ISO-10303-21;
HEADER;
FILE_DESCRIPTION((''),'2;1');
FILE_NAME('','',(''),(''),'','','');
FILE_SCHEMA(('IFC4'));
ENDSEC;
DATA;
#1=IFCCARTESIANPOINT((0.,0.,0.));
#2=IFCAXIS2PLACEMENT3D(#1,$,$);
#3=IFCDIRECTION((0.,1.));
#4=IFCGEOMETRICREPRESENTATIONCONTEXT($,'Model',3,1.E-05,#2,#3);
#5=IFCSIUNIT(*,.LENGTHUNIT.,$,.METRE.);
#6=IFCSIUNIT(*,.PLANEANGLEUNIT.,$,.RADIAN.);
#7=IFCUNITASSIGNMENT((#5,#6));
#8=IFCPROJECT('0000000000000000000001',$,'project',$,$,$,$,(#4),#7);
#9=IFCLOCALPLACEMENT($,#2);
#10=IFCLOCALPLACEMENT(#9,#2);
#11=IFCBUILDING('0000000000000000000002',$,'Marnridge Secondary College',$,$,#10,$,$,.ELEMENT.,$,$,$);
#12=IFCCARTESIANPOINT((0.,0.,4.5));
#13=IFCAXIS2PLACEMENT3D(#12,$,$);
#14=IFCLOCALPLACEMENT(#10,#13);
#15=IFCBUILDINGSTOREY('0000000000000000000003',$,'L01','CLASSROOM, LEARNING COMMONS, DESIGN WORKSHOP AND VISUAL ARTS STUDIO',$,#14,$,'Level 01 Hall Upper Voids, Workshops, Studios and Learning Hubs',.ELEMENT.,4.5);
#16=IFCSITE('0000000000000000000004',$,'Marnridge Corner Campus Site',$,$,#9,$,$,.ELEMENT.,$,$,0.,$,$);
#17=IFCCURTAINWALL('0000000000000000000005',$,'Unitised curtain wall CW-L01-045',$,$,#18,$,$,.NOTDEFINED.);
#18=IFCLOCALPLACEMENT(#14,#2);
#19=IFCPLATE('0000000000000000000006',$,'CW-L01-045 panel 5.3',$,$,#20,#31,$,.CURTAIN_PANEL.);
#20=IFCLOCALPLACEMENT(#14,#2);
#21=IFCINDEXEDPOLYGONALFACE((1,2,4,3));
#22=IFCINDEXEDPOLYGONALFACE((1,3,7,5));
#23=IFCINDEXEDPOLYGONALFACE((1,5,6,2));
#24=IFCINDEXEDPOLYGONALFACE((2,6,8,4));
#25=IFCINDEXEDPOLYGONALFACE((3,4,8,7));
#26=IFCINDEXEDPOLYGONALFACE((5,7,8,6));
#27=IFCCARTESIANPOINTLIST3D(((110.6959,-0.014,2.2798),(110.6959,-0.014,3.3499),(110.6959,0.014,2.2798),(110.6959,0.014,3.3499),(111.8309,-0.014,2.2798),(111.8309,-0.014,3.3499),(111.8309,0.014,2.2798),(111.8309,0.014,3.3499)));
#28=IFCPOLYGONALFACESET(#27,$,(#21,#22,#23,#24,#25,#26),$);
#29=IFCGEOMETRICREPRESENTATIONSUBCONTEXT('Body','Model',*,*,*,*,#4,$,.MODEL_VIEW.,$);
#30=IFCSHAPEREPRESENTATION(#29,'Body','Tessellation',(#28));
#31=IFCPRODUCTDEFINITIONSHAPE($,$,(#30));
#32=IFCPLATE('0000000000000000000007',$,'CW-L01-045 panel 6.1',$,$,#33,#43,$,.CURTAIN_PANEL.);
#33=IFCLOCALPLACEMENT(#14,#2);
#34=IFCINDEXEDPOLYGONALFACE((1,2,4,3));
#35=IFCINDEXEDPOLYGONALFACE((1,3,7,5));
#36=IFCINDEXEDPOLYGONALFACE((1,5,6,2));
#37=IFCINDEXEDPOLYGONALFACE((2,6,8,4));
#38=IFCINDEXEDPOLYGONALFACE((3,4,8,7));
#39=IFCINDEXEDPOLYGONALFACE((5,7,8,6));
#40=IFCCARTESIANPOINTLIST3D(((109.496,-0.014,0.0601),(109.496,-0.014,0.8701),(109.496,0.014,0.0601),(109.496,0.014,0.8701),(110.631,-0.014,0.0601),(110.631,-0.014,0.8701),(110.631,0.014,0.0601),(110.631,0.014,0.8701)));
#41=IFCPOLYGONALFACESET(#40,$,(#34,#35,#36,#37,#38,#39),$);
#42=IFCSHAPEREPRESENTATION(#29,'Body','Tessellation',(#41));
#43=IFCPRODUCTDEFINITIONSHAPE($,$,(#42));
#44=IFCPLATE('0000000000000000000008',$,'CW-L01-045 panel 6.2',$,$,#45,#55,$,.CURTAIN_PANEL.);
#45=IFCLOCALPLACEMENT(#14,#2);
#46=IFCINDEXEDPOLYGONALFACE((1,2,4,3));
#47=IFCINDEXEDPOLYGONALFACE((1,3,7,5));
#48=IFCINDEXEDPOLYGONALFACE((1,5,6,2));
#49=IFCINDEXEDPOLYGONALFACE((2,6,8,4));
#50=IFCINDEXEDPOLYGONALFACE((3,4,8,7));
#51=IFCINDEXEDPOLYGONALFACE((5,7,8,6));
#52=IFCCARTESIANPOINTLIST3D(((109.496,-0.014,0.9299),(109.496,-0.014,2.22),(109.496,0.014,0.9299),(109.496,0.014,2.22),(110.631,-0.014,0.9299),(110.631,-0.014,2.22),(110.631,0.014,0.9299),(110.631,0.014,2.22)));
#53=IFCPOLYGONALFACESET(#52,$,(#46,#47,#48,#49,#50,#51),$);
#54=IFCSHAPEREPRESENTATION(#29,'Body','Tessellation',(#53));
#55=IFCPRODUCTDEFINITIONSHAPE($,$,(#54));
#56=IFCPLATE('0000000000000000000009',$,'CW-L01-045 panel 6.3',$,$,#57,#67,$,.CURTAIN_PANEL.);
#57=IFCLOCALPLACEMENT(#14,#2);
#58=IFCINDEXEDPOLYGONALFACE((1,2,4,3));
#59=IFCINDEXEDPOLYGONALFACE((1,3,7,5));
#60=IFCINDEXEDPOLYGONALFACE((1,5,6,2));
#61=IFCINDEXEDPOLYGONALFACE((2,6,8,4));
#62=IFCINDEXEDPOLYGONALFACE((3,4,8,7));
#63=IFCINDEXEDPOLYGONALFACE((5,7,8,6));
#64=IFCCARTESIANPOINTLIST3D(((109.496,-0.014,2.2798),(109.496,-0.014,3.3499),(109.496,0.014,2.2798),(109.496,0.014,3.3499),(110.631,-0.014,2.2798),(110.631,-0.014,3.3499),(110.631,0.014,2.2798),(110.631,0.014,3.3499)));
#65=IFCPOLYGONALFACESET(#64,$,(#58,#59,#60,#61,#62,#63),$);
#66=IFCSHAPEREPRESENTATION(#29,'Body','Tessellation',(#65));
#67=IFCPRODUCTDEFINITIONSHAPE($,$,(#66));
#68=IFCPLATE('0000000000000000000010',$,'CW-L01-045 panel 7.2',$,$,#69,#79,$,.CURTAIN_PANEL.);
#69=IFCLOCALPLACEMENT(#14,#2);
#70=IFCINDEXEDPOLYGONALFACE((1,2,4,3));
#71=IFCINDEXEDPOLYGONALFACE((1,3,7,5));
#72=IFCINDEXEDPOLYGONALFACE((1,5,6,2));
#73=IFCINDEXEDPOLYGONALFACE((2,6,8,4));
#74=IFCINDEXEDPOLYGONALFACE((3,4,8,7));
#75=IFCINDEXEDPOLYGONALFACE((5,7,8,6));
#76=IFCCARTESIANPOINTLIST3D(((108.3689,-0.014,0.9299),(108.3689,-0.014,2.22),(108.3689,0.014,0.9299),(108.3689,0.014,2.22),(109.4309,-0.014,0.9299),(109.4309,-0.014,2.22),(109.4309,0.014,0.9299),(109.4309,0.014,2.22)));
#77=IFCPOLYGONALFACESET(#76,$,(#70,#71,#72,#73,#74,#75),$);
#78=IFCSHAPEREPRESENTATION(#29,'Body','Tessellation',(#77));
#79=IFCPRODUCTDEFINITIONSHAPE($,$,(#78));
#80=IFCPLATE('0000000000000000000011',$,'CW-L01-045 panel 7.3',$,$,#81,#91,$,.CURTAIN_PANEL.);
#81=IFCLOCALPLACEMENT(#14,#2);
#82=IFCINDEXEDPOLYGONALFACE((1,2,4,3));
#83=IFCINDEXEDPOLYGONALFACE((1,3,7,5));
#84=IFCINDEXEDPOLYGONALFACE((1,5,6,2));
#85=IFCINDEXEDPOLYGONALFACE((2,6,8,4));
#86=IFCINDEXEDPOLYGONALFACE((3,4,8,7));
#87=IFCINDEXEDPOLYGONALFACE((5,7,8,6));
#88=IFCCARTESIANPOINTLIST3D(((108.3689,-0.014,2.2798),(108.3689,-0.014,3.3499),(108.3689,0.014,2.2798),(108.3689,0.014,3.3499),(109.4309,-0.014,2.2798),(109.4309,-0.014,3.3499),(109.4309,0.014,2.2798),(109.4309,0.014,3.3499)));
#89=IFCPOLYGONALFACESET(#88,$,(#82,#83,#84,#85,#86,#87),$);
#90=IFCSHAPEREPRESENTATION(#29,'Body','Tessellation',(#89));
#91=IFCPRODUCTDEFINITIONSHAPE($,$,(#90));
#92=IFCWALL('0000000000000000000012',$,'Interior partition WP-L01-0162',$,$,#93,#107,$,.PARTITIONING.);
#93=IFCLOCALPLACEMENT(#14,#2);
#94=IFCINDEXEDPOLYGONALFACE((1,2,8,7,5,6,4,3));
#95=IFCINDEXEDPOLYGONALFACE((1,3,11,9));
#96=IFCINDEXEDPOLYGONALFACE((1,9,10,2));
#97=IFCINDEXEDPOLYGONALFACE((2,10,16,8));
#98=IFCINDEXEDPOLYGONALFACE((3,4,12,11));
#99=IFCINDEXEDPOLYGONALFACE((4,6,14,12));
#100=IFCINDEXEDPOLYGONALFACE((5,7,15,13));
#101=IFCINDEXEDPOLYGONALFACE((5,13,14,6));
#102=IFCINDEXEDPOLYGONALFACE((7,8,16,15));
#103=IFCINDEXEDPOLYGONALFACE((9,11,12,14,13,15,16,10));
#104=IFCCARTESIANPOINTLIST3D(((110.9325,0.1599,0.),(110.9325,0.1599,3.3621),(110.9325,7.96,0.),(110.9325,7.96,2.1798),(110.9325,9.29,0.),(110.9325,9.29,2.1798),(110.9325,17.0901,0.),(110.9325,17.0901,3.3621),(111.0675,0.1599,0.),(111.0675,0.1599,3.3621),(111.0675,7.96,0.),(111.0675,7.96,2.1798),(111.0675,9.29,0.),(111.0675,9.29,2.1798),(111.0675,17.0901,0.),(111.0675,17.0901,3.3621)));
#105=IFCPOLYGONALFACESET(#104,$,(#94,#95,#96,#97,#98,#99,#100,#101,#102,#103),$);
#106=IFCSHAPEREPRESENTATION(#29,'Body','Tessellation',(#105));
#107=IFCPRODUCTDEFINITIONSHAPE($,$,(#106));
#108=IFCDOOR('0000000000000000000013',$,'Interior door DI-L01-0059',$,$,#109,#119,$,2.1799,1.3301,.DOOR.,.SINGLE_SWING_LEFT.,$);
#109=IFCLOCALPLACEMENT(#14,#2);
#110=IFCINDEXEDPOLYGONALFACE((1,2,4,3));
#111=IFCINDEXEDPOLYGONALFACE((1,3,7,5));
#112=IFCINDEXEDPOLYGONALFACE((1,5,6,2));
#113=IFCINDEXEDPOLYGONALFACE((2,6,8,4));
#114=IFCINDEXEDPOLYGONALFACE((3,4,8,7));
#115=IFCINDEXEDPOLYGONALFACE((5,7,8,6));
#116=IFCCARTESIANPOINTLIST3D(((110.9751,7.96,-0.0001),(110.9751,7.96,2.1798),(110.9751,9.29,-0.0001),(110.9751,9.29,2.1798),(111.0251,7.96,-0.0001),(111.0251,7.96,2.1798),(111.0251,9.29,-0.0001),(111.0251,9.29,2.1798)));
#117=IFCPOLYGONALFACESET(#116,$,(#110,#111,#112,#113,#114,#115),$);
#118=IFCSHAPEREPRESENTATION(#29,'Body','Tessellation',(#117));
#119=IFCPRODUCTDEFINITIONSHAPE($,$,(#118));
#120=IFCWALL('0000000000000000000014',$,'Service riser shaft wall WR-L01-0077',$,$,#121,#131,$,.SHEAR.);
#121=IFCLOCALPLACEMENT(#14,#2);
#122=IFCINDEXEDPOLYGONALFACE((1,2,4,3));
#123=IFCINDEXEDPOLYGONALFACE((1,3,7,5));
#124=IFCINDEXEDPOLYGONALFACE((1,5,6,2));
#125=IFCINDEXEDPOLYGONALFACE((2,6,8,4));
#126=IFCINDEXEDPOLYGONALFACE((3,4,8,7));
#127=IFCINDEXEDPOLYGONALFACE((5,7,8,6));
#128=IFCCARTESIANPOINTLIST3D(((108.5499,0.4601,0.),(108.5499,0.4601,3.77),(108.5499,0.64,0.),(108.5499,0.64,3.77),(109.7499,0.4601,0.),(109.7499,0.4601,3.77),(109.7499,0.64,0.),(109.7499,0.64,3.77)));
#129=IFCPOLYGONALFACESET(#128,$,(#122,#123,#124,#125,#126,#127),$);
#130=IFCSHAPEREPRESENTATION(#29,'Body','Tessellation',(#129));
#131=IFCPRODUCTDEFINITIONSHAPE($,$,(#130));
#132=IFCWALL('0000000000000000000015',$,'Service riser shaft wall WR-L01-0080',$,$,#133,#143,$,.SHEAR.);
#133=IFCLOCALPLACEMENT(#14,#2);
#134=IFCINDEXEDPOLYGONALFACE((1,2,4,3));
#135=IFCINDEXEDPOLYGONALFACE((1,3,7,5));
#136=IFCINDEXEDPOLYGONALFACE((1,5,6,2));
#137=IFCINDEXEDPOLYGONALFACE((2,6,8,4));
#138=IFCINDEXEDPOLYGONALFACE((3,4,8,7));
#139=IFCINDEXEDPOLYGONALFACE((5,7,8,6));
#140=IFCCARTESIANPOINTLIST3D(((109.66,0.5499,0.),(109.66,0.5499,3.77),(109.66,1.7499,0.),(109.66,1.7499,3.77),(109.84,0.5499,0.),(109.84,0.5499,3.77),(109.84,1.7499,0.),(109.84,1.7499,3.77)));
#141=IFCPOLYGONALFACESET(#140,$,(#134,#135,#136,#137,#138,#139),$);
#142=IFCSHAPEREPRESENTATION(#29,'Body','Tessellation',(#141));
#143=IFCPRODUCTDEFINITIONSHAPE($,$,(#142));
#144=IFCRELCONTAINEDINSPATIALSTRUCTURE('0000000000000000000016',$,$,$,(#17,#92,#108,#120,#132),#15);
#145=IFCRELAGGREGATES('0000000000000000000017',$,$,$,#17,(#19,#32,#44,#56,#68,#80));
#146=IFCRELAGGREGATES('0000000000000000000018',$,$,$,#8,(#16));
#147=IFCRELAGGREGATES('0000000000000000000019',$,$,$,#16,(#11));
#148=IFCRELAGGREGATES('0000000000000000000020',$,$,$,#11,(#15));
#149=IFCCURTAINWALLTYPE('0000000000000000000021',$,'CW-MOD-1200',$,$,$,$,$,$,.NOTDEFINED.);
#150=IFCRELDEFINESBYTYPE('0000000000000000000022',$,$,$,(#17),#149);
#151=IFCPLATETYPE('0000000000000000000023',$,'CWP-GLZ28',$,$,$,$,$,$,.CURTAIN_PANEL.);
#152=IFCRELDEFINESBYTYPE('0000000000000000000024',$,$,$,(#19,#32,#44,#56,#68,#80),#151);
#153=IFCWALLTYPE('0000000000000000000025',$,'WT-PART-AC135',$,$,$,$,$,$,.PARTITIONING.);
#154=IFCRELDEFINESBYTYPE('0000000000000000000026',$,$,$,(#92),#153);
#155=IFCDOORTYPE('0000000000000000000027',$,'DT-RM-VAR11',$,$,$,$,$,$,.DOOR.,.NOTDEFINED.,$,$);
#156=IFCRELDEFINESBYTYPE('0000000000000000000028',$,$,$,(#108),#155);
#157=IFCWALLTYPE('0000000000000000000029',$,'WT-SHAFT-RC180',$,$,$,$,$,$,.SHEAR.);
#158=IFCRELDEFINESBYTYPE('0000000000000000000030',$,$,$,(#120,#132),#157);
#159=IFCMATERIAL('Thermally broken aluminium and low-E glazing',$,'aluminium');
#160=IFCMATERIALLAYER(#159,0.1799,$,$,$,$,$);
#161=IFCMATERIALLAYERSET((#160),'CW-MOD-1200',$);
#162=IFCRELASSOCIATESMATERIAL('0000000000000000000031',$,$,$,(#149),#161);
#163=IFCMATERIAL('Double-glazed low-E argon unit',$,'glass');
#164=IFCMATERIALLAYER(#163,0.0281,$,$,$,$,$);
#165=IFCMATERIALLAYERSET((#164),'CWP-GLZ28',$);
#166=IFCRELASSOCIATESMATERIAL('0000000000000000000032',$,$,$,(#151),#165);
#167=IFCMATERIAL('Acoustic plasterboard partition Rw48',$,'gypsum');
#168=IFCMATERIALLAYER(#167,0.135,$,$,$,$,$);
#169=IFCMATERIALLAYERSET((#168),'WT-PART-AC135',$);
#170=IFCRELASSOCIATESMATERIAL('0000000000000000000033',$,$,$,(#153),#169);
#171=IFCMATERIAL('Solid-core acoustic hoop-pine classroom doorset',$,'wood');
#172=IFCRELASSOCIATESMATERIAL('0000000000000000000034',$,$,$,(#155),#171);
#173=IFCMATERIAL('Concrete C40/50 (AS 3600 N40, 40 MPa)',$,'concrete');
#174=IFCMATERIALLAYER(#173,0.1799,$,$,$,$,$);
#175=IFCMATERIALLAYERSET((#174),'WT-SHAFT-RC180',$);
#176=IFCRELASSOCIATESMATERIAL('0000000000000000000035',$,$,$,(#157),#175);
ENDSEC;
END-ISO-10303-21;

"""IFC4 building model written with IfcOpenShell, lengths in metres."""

from ifc_helpers import new_model, si_unit, direction, frame, frame_2d, origin, origin_2d, place, context, subcontext, project, spatial, rectangle, extrude, material, layer, layer_set, type_object, element, fill, aggregate, save


model = new_model("IFC4")

# Units and contexts
model_context = context("Model", 3, precision=1e-05, world=origin(), true_north=direction((0.0, 1.0)))
body_context = subcontext(model_context, "Body", "Model", "MODEL_VIEW")
ifc_project = project(units=[si_unit("LENGTHUNIT", "METRE"), si_unit("PLANEANGLEUNIT", "RADIAN")], contexts=[model_context])

# Site, building, storey
site_placement = place(None, origin())
site = spatial("IfcSite", under=ifc_project, at=site_placement, Name="Marnridge Corner Campus Site", CompositionType="ELEMENT", RefElevation=0.0)
building_placement = place(site_placement, origin())
building = spatial("IfcBuilding", under=site, at=building_placement, Name="Marnridge Secondary College", CompositionType="ELEMENT")
storey_placement = place(building_placement, frame((0.0, 0.0, 4.5)))
storey = spatial("IfcBuildingStorey", under=building, at=storey_placement, Name="L01", Description="CLASSROOM, LEARNING COMMONS, DESIGN WORKSHOP AND VISUAL ARTS STUDIO", LongName="Level 01 Hall Upper Voids, Workshops, Studios and Learning Hubs", CompositionType="ELEMENT", Elevation=4.5)

# Curtain wall, plates
ifc_material_1 = material(Name="Thermally broken aluminium and low-E glazing", Category="aluminium")
ifc_layer_1 = layer(ifc_material_1, 0.1799)
ifc_layer_set_1 = layer_set([ifc_layer_1], Name="CW-MOD-1200")
curtain_wall_type = type_object("IfcCurtainWallType", Name="CW-MOD-1200", PredefinedType="NOTDEFINED", material=ifc_layer_set_1)
curtain_wall_placement = place(storey_placement, origin())
curtain_wall = element("IfcCurtainWall", 1, at=curtain_wall_placement, inside=storey, type_object=curtain_wall_type, Name="Unitised curtain wall CW-L01-045", PredefinedType="NOTDEFINED")
ifc_material_2 = material(Name="Double-glazed low-E argon unit", Category="glass")
ifc_layer_2 = layer(ifc_material_2, 0.0281)
ifc_layer_set_2 = layer_set([ifc_layer_2], Name="CWP-GLZ28")
plate_type = type_object("IfcPlateType", Name="CWP-GLZ28", PredefinedType="CURTAIN_PANEL", material=ifc_layer_set_2)
plate_1_placement = place(storey_placement, frame((111.2634, 0.0, 2.2798), z_axis=(0.0, 0.0, 1.0), x_axis=(-1.0, 0.0, 0.0)))
plate_1 = element("IfcPlate", 2, at=plate_1_placement, type_object=plate_type, Name="CW-L01-045 panel 5.3", PredefinedType="CURTAIN_PANEL", context=body_context, shape_type="SweptSolid", body=[
    extrude(rectangle(XDim=1.135, YDim=0.0281, at=origin_2d()), origin(), (0.0, 0.0, 1.0), 1.0701),
])
plate_2_placement = place(storey_placement, frame((110.0635, 0.0, 0.0601), z_axis=(0.0, 0.0, 1.0), x_axis=(-1.0, 0.0, 0.0)))
plate_2 = element("IfcPlate", 3, at=plate_2_placement, type_object=plate_type, Name="CW-L01-045 panel 6.1", PredefinedType="CURTAIN_PANEL", context=body_context, shape_type="SweptSolid", body=[
    extrude(rectangle(XDim=1.135, YDim=0.0281, at=origin_2d()), origin(), (0.0, 0.0, 1.0), 0.8101),
])
plate_3_placement = place(storey_placement, frame((110.0635, 0.0, 0.9299), z_axis=(0.0, 0.0, 1.0), x_axis=(-1.0, 0.0, 0.0)))
plate_3 = element("IfcPlate", 4, at=plate_3_placement, type_object=plate_type, Name="CW-L01-045 panel 6.2", PredefinedType="CURTAIN_PANEL", context=body_context, shape_type="SweptSolid", body=[
    extrude(rectangle(XDim=1.135, YDim=0.0281, at=origin_2d()), origin(), (0.0, 0.0, 1.0), 1.29),
])
plate_4_placement = place(storey_placement, frame((110.0635, 0.0, 2.2798), z_axis=(0.0, 0.0, 1.0), x_axis=(-1.0, 0.0, 0.0)))
plate_4 = element("IfcPlate", 5, at=plate_4_placement, type_object=plate_type, Name="CW-L01-045 panel 6.3", PredefinedType="CURTAIN_PANEL", context=body_context, shape_type="SweptSolid", body=[
    extrude(rectangle(XDim=1.135, YDim=0.0281, at=origin_2d()), origin(), (0.0, 0.0, 1.0), 1.0701),
])
plate_5_placement = place(storey_placement, frame((108.8999, 0.0, 0.9299), z_axis=(0.0, 0.0, 1.0), x_axis=(-1.0, 0.0, 0.0)))
plate_5 = element("IfcPlate", 6, at=plate_5_placement, type_object=plate_type, Name="CW-L01-045 panel 7.2", PredefinedType="CURTAIN_PANEL", context=body_context, shape_type="SweptSolid", body=[
    extrude(rectangle(XDim=1.062, YDim=0.0281, at=origin_2d()), origin(), (0.0, 0.0, 1.0), 1.29),
])
plate_6_placement = place(storey_placement, frame((108.8999, 0.0, 2.2798), z_axis=(0.0, 0.0, 1.0), x_axis=(-1.0, 0.0, 0.0)))
plate_6 = element("IfcPlate", 7, at=plate_6_placement, type_object=plate_type, Name="CW-L01-045 panel 7.3", PredefinedType="CURTAIN_PANEL", context=body_context, shape_type="SweptSolid", body=[
    extrude(rectangle(XDim=1.062, YDim=0.0281, at=origin_2d()), origin(), (0.0, 0.0, 1.0), 1.0701),
])
aggregate(curtain_wall, [plate_1, plate_2, plate_3, plate_4, plate_5, plate_6])

# Wall, opening, door
ifc_material_3 = material(Name="Acoustic plasterboard partition Rw48", Category="gypsum")
ifc_layer_3 = layer(ifc_material_3, 0.135)
ifc_layer_set_3 = layer_set([ifc_layer_3], Name="WT-PART-AC135")
wall_type_1 = type_object("IfcWallType", Name="WT-PART-AC135", PredefinedType="PARTITIONING", material=ifc_layer_set_3)
wall_placement = place(storey_placement, frame((111.0, 0.1599, 0.0), z_axis=(0.0, 0.0, 1.0), x_axis=(0.0, 1.0, 0.0)))
wall = element("IfcWall", 8, at=wall_placement, inside=storey, type_object=wall_type_1, Name="Interior partition WP-L01-0162", PredefinedType="PARTITIONING", context=body_context, shape_type="SweptSolid", body=[
    extrude(rectangle(XDim=16.9302, YDim=0.135, at=frame_2d((8.4651, 0.0))), origin(), (0.0, 0.0, 1.0), 3.3621),
])
opening_placement = place(wall_placement, frame((7.8, 0.0, 0.0)))
opening = element("IfcOpeningElement", 9, at=opening_placement, cuts=wall, PredefinedType="OPENING", context=body_context, shape_type="SweptSolid", body=[
    extrude(rectangle(XDim=1.3301, YDim=2.1799, at=frame_2d((0.665, 1.0898))), frame((0.0, 0.0774, 0.0), z_axis=(0.0, -1.0, 0.0), x_axis=(1.0, 0.0, 0.0)), (0.0, 0.0, 1.0), 0.155),
])
ifc_material_4 = material(Name="Solid-core acoustic hoop-pine classroom doorset", Category="wood")
door_type = type_object("IfcDoorType", Name="DT-RM-VAR11", OperationType="NOTDEFINED", PredefinedType="DOOR", material=ifc_material_4)
door_placement = place(opening_placement, origin())
door = element("IfcDoor", 10, at=door_placement, inside=storey, type_object=door_type, Name="Interior door DI-L01-0059", OperationType="SINGLE_SWING_LEFT", OverallHeight=2.1799, OverallWidth=1.3301, PredefinedType="DOOR", context=body_context, shape_type="SweptSolid", body=[
    extrude(rectangle(XDim=1.3301, YDim=2.1799, at=frame_2d((0.665, 1.0898))), frame((0.0, 0.0249, 0.0), z_axis=(0.0, -1.0, 0.0), x_axis=(1.0, 0.0, 0.0)), (0.0, 0.0, 1.0), 0.05),
])
fill(opening, door)

# Walls
ifc_material_5 = material(Name="Concrete C40/50 (AS 3600 N40, 40 MPa)", Category="concrete")
ifc_layer_4 = layer(ifc_material_5, 0.1799)
ifc_layer_set_4 = layer_set([ifc_layer_4], Name="WT-SHAFT-RC180")
wall_type_2 = type_object("IfcWallType", Name="WT-SHAFT-RC180", PredefinedType="SHEAR", material=ifc_layer_set_4)
for number, where, z_axis, x_axis, name in (
    (11, (109.75, 0.55, 0.0), (0.0, 0.0, 1.0), (-1.0, 0.0, 0.0), "Service riser shaft wall WR-L01-0077"),
    (12, (109.75, 1.75, 0.0), (0.0, 0.0, 1.0), (0.0, -1.0, 0.0), "Service riser shaft wall WR-L01-0080"),
):
    element("IfcWall", number, at=place(storey_placement, frame(where, z_axis=z_axis, x_axis=x_axis)), inside=storey, type_object=wall_type_2, Name=name, PredefinedType="SHEAR", context=body_context, shape_type="SweptSolid", body=[
        extrude(rectangle(XDim=1.2, YDim=0.1799, at=frame_2d((0.6001, 0.0))), origin(), (0.0, 0.0, 1.0), 3.77),
    ])

save(model, "model.ifc")
